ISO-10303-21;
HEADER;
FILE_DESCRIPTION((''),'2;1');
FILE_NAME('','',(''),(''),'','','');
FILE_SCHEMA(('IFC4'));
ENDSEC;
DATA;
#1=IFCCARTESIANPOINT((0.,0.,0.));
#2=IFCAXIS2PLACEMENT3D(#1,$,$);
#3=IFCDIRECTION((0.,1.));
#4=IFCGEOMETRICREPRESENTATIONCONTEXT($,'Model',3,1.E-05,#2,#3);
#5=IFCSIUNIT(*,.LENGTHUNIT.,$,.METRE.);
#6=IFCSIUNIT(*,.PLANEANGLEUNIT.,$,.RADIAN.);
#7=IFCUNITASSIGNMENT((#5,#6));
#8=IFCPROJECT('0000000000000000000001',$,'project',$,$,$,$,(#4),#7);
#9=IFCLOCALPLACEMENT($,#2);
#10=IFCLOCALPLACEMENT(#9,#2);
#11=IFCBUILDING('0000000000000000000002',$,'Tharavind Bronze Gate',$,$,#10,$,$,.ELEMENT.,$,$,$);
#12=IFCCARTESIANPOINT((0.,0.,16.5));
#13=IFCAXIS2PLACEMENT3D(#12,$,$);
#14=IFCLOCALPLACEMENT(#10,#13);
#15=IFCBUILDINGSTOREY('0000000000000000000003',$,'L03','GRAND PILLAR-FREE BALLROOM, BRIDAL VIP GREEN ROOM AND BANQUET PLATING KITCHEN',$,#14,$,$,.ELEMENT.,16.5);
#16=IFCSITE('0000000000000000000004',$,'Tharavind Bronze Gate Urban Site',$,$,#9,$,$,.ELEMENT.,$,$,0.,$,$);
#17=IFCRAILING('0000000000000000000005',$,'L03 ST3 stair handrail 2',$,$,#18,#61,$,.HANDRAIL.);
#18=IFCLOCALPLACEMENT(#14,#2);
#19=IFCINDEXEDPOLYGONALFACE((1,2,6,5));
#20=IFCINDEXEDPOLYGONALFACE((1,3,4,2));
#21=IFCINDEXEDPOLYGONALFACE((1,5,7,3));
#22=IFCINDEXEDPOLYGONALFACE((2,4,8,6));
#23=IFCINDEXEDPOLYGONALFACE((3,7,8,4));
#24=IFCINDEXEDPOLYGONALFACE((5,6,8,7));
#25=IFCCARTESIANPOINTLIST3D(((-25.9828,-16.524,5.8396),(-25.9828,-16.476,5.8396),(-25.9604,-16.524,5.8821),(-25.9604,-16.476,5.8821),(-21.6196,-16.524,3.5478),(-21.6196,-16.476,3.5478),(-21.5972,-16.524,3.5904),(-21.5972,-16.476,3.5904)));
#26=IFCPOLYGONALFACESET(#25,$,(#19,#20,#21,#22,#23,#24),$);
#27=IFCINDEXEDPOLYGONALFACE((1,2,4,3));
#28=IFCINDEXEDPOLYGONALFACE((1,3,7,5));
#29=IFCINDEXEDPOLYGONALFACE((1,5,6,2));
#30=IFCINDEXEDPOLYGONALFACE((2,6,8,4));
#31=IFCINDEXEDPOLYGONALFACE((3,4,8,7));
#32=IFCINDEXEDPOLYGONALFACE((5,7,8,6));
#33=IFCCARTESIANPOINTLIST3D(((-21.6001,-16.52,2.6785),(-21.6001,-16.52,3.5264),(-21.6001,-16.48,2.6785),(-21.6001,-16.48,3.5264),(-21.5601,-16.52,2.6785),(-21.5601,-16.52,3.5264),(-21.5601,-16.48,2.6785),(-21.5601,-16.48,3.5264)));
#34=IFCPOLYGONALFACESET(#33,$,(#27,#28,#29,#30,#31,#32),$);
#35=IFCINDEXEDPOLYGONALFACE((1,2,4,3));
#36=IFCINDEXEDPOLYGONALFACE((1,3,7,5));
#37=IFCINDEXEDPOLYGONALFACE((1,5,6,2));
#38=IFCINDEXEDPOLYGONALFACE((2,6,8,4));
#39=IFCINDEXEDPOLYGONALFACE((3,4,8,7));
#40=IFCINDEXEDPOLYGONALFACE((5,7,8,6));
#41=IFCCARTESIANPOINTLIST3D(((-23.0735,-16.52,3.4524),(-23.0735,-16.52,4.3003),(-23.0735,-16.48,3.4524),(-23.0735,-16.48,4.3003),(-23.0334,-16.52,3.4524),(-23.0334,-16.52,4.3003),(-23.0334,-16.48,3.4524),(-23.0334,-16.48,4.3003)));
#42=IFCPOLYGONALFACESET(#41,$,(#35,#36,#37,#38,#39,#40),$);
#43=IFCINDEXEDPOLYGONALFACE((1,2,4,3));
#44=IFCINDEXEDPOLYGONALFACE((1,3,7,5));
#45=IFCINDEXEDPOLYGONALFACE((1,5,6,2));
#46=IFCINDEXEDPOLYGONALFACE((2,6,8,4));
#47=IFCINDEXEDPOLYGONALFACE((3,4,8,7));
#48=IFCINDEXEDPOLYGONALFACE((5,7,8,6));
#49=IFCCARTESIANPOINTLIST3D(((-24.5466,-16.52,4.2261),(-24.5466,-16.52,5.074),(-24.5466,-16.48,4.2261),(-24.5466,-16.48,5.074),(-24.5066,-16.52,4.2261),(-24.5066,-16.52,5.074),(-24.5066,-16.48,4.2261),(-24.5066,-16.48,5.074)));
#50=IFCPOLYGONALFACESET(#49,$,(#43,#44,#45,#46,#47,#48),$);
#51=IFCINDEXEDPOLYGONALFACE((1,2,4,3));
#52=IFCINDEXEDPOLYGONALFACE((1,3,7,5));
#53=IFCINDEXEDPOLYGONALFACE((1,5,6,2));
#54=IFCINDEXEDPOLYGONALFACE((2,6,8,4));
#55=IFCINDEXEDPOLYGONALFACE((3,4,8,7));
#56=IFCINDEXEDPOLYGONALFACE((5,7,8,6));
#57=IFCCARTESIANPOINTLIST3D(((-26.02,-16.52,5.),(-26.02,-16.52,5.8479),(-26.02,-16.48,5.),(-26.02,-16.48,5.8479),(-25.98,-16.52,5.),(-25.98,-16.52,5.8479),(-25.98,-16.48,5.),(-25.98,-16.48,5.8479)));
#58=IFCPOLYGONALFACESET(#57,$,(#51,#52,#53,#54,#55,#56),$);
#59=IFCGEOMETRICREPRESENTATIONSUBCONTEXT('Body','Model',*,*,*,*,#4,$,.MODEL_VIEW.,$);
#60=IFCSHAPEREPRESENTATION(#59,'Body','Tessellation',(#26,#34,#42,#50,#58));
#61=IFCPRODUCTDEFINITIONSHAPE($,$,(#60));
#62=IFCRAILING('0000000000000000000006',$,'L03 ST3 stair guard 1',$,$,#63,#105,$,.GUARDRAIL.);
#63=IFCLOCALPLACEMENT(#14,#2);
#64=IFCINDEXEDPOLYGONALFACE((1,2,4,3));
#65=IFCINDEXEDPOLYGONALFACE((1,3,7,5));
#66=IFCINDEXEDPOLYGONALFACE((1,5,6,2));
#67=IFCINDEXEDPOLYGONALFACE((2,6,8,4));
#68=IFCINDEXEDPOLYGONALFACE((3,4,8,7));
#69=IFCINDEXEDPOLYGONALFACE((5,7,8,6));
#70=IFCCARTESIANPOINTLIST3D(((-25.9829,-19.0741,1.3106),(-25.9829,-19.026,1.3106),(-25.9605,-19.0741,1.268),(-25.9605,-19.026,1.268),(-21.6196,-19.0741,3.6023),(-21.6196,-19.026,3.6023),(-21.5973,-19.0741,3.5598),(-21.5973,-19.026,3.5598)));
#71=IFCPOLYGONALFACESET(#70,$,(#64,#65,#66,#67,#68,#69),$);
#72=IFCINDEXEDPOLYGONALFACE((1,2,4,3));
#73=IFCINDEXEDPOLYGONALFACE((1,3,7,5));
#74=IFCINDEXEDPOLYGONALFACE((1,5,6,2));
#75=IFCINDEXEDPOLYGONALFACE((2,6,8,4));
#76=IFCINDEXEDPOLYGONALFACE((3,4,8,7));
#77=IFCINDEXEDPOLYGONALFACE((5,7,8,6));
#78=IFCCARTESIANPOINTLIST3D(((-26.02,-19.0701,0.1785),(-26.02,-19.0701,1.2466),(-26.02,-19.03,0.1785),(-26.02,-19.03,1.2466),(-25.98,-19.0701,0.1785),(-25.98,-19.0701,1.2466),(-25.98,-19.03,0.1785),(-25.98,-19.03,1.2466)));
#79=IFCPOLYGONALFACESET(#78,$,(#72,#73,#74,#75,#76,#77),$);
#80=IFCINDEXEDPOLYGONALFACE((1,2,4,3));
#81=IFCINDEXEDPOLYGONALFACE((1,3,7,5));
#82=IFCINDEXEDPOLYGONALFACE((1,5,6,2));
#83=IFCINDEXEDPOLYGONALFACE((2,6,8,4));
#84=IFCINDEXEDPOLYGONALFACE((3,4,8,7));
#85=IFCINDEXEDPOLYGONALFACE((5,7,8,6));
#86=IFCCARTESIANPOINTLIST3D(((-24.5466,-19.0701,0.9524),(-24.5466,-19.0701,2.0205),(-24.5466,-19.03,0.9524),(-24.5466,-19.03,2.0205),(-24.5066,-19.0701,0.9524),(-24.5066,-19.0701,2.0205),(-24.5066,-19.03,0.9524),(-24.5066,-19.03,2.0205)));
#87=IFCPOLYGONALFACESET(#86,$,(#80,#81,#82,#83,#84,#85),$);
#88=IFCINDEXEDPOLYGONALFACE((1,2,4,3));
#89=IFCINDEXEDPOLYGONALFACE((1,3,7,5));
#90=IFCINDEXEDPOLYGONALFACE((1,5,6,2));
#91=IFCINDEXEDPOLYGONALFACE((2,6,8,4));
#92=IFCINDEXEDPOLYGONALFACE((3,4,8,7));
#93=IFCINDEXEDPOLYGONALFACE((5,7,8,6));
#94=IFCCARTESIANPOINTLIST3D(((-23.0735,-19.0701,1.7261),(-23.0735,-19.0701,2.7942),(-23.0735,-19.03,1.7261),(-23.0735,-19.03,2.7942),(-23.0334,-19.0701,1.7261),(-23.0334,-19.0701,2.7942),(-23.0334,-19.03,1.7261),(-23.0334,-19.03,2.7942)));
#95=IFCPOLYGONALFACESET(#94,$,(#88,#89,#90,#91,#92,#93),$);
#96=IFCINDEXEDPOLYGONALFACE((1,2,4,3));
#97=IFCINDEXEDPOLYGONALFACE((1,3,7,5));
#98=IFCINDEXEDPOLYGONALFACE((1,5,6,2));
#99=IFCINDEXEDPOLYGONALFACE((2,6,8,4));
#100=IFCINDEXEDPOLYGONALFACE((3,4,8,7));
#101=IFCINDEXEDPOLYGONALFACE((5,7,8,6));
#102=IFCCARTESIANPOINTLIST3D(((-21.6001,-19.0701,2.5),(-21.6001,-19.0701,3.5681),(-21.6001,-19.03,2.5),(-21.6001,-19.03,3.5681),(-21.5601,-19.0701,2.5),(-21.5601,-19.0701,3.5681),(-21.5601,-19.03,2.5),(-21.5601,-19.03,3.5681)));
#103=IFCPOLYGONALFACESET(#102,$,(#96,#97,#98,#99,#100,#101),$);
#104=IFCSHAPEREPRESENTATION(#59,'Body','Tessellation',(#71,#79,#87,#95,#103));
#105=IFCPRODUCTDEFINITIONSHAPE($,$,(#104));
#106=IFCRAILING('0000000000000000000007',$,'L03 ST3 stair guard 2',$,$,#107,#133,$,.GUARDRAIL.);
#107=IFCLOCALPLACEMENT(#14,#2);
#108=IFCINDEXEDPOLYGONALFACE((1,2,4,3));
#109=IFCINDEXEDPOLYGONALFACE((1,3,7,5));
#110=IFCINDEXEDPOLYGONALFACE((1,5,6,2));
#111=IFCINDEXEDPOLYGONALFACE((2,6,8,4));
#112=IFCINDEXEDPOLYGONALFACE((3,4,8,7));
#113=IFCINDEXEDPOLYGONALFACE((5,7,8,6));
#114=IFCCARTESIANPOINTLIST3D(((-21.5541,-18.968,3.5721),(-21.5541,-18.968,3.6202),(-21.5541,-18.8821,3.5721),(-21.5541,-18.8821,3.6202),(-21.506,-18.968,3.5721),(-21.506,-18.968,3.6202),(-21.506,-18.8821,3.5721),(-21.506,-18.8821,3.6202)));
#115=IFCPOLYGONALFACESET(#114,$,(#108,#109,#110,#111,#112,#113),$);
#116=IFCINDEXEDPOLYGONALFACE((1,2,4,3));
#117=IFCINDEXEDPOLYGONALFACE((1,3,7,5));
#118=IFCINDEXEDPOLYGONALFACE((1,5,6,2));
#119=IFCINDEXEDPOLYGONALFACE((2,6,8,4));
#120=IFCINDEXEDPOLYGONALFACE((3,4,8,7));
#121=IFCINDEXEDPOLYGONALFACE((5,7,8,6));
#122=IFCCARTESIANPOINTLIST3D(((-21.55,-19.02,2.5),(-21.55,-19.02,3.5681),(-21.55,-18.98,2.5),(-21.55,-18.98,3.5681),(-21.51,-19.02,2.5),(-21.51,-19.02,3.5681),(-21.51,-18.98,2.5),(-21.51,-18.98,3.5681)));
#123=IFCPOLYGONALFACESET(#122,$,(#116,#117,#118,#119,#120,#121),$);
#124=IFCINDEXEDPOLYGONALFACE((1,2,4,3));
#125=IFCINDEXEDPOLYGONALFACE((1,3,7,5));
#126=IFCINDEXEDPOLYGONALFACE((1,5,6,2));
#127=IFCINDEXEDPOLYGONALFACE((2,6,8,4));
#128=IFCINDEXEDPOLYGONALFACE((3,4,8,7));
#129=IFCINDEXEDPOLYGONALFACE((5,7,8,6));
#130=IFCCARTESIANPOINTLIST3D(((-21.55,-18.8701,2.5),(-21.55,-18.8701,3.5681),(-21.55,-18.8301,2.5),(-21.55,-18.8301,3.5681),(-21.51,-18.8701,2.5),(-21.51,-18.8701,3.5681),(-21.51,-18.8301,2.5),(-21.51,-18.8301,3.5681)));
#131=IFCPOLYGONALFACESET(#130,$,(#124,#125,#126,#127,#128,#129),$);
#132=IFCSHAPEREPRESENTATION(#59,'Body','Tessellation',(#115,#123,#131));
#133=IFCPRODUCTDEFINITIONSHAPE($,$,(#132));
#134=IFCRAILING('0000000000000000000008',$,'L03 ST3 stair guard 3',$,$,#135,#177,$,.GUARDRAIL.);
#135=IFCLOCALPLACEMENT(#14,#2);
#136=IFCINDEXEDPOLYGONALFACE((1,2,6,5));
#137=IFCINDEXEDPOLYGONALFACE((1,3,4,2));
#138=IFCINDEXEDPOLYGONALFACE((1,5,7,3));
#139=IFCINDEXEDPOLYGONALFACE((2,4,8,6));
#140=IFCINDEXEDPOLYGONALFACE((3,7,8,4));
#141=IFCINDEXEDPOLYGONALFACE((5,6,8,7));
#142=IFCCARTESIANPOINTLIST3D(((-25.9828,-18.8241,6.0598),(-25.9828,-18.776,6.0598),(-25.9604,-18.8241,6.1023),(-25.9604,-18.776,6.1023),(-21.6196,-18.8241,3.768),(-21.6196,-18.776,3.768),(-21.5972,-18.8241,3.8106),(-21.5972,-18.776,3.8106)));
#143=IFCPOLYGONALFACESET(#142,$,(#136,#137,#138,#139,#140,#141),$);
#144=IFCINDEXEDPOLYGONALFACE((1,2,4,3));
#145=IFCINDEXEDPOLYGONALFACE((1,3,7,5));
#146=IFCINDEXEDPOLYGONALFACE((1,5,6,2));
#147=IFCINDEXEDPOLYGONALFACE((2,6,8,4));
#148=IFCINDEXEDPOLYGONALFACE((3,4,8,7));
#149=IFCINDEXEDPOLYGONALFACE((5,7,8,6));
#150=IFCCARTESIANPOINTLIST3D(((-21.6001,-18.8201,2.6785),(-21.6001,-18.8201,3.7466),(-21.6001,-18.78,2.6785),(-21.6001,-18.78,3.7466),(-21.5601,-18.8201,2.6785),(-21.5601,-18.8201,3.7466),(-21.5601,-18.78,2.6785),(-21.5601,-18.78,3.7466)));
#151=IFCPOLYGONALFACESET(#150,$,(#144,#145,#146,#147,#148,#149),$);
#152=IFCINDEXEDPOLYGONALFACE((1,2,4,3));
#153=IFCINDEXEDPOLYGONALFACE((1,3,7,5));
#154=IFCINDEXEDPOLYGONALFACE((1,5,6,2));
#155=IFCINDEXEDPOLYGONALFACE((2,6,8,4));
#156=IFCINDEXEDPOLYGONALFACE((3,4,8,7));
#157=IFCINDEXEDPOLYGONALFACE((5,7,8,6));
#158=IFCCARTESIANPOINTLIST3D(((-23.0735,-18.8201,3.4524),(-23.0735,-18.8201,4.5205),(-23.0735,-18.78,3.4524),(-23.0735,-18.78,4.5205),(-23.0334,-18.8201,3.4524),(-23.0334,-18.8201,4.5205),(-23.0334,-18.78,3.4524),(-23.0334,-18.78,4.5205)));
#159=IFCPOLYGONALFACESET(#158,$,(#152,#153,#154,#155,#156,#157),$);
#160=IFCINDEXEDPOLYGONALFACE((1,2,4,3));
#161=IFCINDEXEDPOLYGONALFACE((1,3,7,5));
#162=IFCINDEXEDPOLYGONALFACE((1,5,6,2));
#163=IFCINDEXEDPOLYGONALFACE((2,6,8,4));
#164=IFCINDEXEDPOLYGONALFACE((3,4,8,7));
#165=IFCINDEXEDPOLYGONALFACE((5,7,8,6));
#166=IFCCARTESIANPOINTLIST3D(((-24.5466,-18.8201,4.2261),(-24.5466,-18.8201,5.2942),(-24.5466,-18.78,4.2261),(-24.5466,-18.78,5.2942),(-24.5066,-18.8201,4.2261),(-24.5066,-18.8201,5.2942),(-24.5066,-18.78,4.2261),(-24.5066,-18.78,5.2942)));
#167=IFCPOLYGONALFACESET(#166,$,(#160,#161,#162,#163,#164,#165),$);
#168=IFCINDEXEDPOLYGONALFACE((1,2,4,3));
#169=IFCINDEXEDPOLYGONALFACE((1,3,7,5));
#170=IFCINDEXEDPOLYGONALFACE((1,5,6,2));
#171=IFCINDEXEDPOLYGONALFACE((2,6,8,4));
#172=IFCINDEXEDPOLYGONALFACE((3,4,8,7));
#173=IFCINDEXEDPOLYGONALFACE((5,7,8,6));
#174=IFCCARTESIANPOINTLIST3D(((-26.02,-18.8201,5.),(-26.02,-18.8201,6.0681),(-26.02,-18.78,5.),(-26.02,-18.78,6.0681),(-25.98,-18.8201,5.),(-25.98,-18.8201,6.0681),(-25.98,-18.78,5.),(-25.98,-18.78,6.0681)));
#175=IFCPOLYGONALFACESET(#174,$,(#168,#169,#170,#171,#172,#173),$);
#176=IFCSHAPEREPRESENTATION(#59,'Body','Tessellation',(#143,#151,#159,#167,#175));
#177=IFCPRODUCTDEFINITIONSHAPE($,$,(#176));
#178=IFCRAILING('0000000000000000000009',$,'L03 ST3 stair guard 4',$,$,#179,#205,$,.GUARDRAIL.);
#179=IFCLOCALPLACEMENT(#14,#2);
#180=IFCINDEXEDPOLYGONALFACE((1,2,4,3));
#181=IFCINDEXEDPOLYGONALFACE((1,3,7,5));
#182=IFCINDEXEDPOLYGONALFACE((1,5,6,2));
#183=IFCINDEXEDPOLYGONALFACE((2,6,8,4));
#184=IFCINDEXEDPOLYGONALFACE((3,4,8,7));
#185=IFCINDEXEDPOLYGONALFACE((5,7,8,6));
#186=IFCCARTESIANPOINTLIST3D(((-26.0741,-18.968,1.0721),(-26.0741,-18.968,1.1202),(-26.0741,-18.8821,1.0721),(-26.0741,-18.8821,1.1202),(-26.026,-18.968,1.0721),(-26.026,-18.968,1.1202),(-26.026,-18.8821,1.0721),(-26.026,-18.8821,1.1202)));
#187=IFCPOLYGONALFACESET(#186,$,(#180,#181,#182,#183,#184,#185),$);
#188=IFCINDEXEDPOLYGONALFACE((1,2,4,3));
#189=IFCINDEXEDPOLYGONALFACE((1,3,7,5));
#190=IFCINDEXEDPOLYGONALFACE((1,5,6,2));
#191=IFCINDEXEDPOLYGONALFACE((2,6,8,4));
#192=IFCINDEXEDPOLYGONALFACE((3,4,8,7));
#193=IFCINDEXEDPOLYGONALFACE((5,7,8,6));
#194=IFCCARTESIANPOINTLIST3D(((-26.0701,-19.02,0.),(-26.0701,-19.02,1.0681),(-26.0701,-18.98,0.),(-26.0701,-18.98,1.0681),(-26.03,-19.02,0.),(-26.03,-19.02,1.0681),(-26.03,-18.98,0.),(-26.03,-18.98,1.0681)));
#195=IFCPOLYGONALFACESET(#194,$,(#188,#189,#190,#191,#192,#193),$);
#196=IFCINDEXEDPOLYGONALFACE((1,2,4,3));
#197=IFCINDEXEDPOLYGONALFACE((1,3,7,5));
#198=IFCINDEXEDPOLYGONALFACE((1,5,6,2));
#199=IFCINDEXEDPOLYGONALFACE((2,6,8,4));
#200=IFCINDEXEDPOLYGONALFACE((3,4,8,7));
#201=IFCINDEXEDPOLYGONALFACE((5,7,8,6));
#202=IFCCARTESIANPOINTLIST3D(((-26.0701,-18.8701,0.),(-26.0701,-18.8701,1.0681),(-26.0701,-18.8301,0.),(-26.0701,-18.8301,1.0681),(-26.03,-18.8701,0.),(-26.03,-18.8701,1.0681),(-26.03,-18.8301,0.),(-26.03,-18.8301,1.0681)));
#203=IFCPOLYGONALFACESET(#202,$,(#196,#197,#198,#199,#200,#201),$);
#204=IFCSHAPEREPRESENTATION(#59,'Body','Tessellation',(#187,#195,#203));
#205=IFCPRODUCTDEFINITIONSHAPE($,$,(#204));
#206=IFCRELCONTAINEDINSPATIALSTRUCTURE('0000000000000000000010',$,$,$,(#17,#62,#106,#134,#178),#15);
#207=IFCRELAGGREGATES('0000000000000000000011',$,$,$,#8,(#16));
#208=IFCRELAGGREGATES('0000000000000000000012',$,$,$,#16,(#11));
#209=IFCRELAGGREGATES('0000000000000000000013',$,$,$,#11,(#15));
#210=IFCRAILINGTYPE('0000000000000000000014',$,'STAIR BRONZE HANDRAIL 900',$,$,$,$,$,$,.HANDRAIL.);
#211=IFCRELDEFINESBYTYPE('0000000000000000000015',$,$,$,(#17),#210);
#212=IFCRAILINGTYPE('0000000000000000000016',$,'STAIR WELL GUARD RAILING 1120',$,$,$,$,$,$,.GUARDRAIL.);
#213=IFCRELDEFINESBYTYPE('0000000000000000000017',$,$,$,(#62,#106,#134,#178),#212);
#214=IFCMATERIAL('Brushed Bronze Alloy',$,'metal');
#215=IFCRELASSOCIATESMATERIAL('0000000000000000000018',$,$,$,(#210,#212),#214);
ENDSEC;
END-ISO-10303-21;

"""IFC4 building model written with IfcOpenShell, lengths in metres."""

from ifc_helpers import new_model, si_unit, direction, frame, origin, origin_2d, place, context, subcontext, project, spatial, rectangle, extrude, material, type_object, element, save


model = new_model("IFC4")

# Units and contexts
model_context = context("Model", 3, precision=1e-05, world=origin(), true_north=direction((0.0, 1.0)))
body_context = subcontext(model_context, "Body", "Model", "MODEL_VIEW")
ifc_project = project(units=[si_unit("LENGTHUNIT", "METRE"), si_unit("PLANEANGLEUNIT", "RADIAN")], contexts=[model_context])

# Site, building, storey
site_placement = place(None, origin())
site = spatial("IfcSite", under=ifc_project, at=site_placement, Name="Tharavind Bronze Gate Urban Site", CompositionType="ELEMENT", RefElevation=0.0)
building_placement = place(site_placement, origin())
building = spatial("IfcBuilding", under=site, at=building_placement, Name="Tharavind Bronze Gate", CompositionType="ELEMENT")
storey_placement = place(building_placement, frame((0.0, 0.0, 16.5)))
storey = spatial("IfcBuildingStorey", under=building, at=storey_placement, Name="L03", Description="GRAND PILLAR-FREE BALLROOM, BRIDAL VIP GREEN ROOM AND BANQUET PLATING KITCHEN", CompositionType="ELEMENT", Elevation=16.5)

# Railings
ifc_material_1 = material(Name="Brushed Bronze Alloy", Category="metal")
railing_type_1 = type_object("IfcRailingType", Name="STAIR BRONZE HANDRAIL 900", PredefinedType="HANDRAIL", material=ifc_material_1)
railing_1_placement = place(storey_placement, frame((-21.5801, -16.5, 2.6785)))
element("IfcRailing", 1, at=railing_1_placement, inside=storey, type_object=railing_type_1, Name="L03 ST3 stair handrail 2", PredefinedType="HANDRAIL", context=body_context, shape_type="SweptSolid", body=[
    extrude(rectangle(XDim=0.0481, YDim=0.0481, at=origin_2d()), frame((-0.0283, 0.0, 0.8906), z_axis=(-0.885309, 0.0, 0.465003), x_axis=(0.0, -1.0, 0.0)), (0.0, 0.0, 1.0), 4.9285),
    extrude(rectangle(XDim=0.04, YDim=0.04, at=origin_2d()), origin(), (0.0, 0.0, 1.0), 0.8479),
    extrude(rectangle(XDim=0.04, YDim=0.04, at=origin_2d()), frame((-1.4734, 0.0, 0.7739)), (0.0, 0.0, 1.0), 0.8479),
    extrude(rectangle(XDim=0.04, YDim=0.04, at=origin_2d()), frame((-2.9465, 0.0, 1.5476)), (0.0, 0.0, 1.0), 0.8479),
    extrude(rectangle(XDim=0.04, YDim=0.04, at=origin_2d()), frame((-4.4199, 0.0, 2.3215)), (0.0, 0.0, 1.0), 0.8479),
])
railing_type_2 = type_object("IfcRailingType", Name="STAIR WELL GUARD RAILING 1120", PredefinedType="GUARDRAIL", material=ifc_material_1)
railing_2_placement = place(storey_placement, frame((-26.0, -19.05, 0.1785)))
element("IfcRailing", 2, at=railing_2_placement, inside=storey, type_object=railing_type_2, Name="L03 ST3 stair guard 1", PredefinedType="GUARDRAIL", context=body_context, shape_type="SweptSolid", body=[
    extrude(rectangle(XDim=0.0481, YDim=0.0481, at=origin_2d()), frame((0.0283, 0.0, 1.1108), z_axis=(0.885309, 0.0, 0.465003), x_axis=(0.0, 1.0, 0.0)), (0.0, 0.0, 1.0), 4.9285),
    extrude(rectangle(XDim=0.04, YDim=0.04, at=origin_2d()), origin(), (0.0, 0.0, 1.0), 1.0681),
    extrude(rectangle(XDim=0.04, YDim=0.04, at=origin_2d()), frame((1.4734, 0.0, 0.7739)), (0.0, 0.0, 1.0), 1.0681),
    extrude(rectangle(XDim=0.04, YDim=0.04, at=origin_2d()), frame((2.9465, 0.0, 1.5476)), (0.0, 0.0, 1.0), 1.0681),
    extrude(rectangle(XDim=0.04, YDim=0.04, at=origin_2d()), frame((4.4199, 0.0, 2.3215)), (0.0, 0.0, 1.0), 1.0681),
])
railing_3_placement = place(storey_placement, frame((-21.53, -19.0, 2.5)))
element("IfcRailing", 3, at=railing_3_placement, inside=storey, type_object=railing_type_2, Name="L03 ST3 stair guard 2", PredefinedType="GUARDRAIL", context=body_context, shape_type="SweptSolid", body=[
    extrude(rectangle(XDim=0.0481, YDim=0.0481, at=origin_2d()), frame((0.0, 0.032, 1.0962), z_axis=(0.0, 1.0, 0.0), x_axis=(-1.0, 0.0, 0.0)), (0.0, 0.0, 1.0), 0.0859),
    extrude(rectangle(XDim=0.04, YDim=0.04, at=origin_2d()), origin(), (0.0, 0.0, 1.0), 1.0681),
    extrude(rectangle(XDim=0.04, YDim=0.04, at=origin_2d()), frame((0.0, 0.1499, 0.0)), (0.0, 0.0, 1.0), 1.0681),
])
railing_4_placement = place(storey_placement, frame((-21.5801, -18.8, 2.6785)))
element("IfcRailing", 4, at=railing_4_placement, inside=storey, type_object=railing_type_2, Name="L03 ST3 stair guard 3", PredefinedType="GUARDRAIL", context=body_context, shape_type="SweptSolid", body=[
    extrude(rectangle(XDim=0.0481, YDim=0.0481, at=origin_2d()), frame((-0.0283, 0.0, 1.1108), z_axis=(-0.885309, 0.0, 0.465003), x_axis=(0.0, -1.0, 0.0)), (0.0, 0.0, 1.0), 4.9285),
    extrude(rectangle(XDim=0.04, YDim=0.04, at=origin_2d()), origin(), (0.0, 0.0, 1.0), 1.0681),
    extrude(rectangle(XDim=0.04, YDim=0.04, at=origin_2d()), frame((-1.4734, 0.0, 0.7739)), (0.0, 0.0, 1.0), 1.0681),
    extrude(rectangle(XDim=0.04, YDim=0.04, at=origin_2d()), frame((-2.9465, 0.0, 1.5476)), (0.0, 0.0, 1.0), 1.0681),
    extrude(rectangle(XDim=0.04, YDim=0.04, at=origin_2d()), frame((-4.4199, 0.0, 2.3215)), (0.0, 0.0, 1.0), 1.0681),
])
railing_5_placement = place(storey_placement, frame((-26.05, -19.0, 0.0)))
element("IfcRailing", 5, at=railing_5_placement, inside=storey, type_object=railing_type_2, Name="L03 ST3 stair guard 4", PredefinedType="GUARDRAIL", context=body_context, shape_type="SweptSolid", body=[
    extrude(rectangle(XDim=0.0481, YDim=0.0481, at=origin_2d()), frame((0.0, 0.032, 1.0962), z_axis=(0.0, 1.0, 0.0), x_axis=(-1.0, 0.0, 0.0)), (0.0, 0.0, 1.0), 0.0859),
    extrude(rectangle(XDim=0.04, YDim=0.04, at=origin_2d()), origin(), (0.0, 0.0, 1.0), 1.0681),
    extrude(rectangle(XDim=0.04, YDim=0.04, at=origin_2d()), frame((0.0, 0.1499, 0.0)), (0.0, 0.0, 1.0), 1.0681),
])

save(model, "model.ifc")
